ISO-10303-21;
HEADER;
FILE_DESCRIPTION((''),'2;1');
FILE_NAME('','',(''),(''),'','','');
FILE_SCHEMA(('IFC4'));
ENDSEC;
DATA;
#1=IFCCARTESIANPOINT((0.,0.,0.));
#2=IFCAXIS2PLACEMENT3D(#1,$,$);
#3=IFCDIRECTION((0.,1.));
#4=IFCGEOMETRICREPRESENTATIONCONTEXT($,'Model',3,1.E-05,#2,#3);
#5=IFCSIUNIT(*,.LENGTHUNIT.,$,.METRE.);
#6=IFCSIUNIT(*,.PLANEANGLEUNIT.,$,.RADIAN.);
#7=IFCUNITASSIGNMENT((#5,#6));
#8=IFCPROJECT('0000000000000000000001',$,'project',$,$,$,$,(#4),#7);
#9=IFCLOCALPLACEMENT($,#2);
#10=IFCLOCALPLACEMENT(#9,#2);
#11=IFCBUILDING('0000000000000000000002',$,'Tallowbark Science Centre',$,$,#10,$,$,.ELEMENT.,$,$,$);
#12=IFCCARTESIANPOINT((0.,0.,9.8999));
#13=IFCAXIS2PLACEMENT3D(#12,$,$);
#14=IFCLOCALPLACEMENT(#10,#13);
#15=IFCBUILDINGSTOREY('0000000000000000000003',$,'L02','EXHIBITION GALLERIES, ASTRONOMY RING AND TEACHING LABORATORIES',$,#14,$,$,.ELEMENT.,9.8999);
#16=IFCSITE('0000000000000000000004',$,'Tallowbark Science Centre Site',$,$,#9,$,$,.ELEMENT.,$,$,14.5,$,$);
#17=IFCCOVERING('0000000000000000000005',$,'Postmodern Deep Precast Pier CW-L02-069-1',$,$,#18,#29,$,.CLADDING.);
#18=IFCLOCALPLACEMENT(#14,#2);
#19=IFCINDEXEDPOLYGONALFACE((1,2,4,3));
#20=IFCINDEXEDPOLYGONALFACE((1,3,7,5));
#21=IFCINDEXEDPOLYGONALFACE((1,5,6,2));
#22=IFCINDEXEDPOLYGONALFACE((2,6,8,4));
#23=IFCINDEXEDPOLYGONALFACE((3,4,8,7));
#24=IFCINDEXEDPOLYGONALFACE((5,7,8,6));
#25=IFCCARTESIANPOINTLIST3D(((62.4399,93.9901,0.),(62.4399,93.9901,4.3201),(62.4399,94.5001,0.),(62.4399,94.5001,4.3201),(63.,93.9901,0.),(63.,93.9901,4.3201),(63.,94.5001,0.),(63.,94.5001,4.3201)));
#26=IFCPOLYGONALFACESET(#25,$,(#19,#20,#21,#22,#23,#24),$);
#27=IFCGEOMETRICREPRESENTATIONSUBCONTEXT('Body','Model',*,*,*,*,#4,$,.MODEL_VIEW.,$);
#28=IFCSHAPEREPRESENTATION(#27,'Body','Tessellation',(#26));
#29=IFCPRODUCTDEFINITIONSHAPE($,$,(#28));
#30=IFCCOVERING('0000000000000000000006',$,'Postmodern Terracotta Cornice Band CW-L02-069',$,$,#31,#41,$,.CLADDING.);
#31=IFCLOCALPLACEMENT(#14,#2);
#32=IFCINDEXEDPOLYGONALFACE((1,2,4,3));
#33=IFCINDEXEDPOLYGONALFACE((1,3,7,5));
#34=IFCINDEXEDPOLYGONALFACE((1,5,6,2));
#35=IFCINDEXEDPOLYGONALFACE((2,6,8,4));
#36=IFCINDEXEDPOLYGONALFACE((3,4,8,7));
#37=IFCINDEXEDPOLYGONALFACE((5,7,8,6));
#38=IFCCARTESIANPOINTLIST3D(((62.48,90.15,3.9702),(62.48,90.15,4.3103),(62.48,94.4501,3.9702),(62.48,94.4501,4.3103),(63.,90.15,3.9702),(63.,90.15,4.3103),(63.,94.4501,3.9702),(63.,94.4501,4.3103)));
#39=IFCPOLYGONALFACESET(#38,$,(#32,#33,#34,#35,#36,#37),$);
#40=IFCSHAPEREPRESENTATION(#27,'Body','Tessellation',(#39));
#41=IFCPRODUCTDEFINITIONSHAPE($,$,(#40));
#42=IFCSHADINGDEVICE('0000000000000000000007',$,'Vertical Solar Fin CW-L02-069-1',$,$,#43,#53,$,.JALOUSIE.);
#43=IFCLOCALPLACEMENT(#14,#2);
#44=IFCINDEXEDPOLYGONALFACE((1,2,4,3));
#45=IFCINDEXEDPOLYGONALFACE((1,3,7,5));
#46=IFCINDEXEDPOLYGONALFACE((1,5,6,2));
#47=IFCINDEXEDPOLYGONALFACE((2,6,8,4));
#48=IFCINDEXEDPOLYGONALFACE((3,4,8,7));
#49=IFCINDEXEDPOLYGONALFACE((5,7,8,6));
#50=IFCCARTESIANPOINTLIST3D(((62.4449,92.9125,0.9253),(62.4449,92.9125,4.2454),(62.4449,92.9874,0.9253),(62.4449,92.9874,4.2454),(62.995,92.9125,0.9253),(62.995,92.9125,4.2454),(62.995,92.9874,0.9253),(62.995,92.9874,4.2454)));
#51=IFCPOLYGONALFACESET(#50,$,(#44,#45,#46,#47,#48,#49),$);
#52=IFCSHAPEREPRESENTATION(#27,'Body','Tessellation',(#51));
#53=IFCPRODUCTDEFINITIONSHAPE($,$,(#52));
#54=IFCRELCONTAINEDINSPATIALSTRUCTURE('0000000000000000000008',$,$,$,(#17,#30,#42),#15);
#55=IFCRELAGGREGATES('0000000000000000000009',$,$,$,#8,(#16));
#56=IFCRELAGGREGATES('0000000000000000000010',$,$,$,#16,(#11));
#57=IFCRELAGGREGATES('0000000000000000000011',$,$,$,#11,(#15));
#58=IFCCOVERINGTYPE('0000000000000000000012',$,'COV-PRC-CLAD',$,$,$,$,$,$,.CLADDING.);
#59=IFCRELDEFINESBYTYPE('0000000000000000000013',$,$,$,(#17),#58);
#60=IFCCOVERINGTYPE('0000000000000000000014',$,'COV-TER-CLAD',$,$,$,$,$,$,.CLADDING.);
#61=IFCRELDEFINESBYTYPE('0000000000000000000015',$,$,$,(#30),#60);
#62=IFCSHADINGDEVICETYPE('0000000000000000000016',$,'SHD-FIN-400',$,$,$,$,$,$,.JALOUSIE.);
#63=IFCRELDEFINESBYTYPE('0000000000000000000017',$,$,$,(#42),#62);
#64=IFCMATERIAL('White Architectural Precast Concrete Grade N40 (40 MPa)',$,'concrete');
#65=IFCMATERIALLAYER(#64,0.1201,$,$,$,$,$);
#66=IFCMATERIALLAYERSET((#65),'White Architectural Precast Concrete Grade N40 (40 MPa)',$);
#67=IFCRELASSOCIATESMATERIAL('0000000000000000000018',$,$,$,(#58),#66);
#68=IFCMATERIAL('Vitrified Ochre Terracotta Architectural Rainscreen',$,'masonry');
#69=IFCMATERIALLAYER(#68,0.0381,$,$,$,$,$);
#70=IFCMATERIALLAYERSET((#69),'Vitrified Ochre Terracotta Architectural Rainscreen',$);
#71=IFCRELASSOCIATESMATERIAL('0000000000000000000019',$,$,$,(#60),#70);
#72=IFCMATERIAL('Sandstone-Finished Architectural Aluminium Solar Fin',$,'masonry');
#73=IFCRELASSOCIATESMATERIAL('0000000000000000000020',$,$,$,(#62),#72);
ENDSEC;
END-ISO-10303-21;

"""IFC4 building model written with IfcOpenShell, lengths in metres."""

from ifc_helpers import new_model, si_unit, direction, frame, origin, origin_2d, place, context, subcontext, project, spatial, rectangle, extrude, material, layer, layer_set, type_object, element, save


model = new_model("IFC4")

# Units and contexts
model_context = context("Model", 3, precision=1e-05, world=origin(), true_north=direction((0.0, 1.0)))
body_context = subcontext(model_context, "Body", "Model", "MODEL_VIEW")
ifc_project = project(units=[si_unit("LENGTHUNIT", "METRE"), si_unit("PLANEANGLEUNIT", "RADIAN")], contexts=[model_context])

# Site, building, storey
site_placement = place(None, origin())
site = spatial("IfcSite", under=ifc_project, at=site_placement, Name="Tallowbark Science Centre Site", CompositionType="ELEMENT", RefElevation=14.5)
building_placement = place(site_placement, origin())
building = spatial("IfcBuilding", under=site, at=building_placement, Name="Tallowbark Science Centre", CompositionType="ELEMENT")
storey_placement = place(building_placement, frame((0.0, 0.0, 9.8999)))
storey = spatial("IfcBuildingStorey", under=building, at=storey_placement, Name="L02", Description="EXHIBITION GALLERIES, ASTRONOMY RING AND TEACHING LABORATORIES", CompositionType="ELEMENT", Elevation=9.8999)

# Coverings
ifc_material_1 = material(Name="White Architectural Precast Concrete Grade N40 (40 MPa)", Category="concrete")
ifc_layer_1 = layer(ifc_material_1, 0.1201)
ifc_layer_set_1 = layer_set([ifc_layer_1], Name="White Architectural Precast Concrete Grade N40 (40 MPa)")
covering_type_1 = type_object("IfcCoveringType", Name="COV-PRC-CLAD", PredefinedType="CLADDING", material=ifc_layer_set_1)
for number, where, z_axis, x_axis, name in (
    (1, (62.72, 94.2451, 0.0), (0.0, 0.0, 1.0), (0.0, -1.0, 0.0), "Postmodern Deep Precast Pier CW-L02-069-1"),
):
    element("IfcCovering", number, at=place(storey_placement, frame(where, z_axis=z_axis, x_axis=x_axis)), inside=storey, type_object=covering_type_1, Name=name, PredefinedType="CLADDING", context=body_context, shape_type="SweptSolid", body=[
        extrude(rectangle(XDim=0.51, YDim=0.5601, at=origin_2d()), origin(), (0.0, 0.0, 1.0), 4.3201),
    ])
ifc_material_2 = material(Name="Vitrified Ochre Terracotta Architectural Rainscreen", Category="masonry")
ifc_layer_2 = layer(ifc_material_2, 0.0381)
ifc_layer_set_2 = layer_set([ifc_layer_2], Name="Vitrified Ochre Terracotta Architectural Rainscreen")
covering_type_2 = type_object("IfcCoveringType", Name="COV-TER-CLAD", PredefinedType="CLADDING", material=ifc_layer_set_2)
covering_placement = place(storey_placement, frame((62.74, 92.3, 3.9702), z_axis=(0.0, 0.0, 1.0), x_axis=(0.0, -1.0, 0.0)))
element("IfcCovering", 2, at=covering_placement, inside=storey, type_object=covering_type_2, Name="Postmodern Terracotta Cornice Band CW-L02-069", PredefinedType="CLADDING", context=body_context, shape_type="SweptSolid", body=[
    extrude(rectangle(XDim=4.3, YDim=0.52, at=origin_2d()), origin(), (0.0, 0.0, 1.0), 0.3401),
])

# Shading device
ifc_material_3 = material(Name="Sandstone-Finished Architectural Aluminium Solar Fin", Category="masonry")
shading_device_type = type_object("IfcShadingDeviceType", Name="SHD-FIN-400", PredefinedType="JALOUSIE", material=ifc_material_3)
shading_device_placement = place(storey_placement, frame((62.72, 92.95, 0.9253), z_axis=(0.0, 0.0, 1.0), x_axis=(0.0, -1.0, 0.0)))
element("IfcShadingDevice", 3, at=shading_device_placement, inside=storey, type_object=shading_device_type, Name="Vertical Solar Fin CW-L02-069-1", PredefinedType="JALOUSIE", context=body_context, shape_type="SweptSolid", body=[
    extrude(rectangle(XDim=0.075, YDim=0.55, at=origin_2d()), origin(), (0.0, 0.0, 1.0), 3.3201),
])

save(model, "model.ifc")
